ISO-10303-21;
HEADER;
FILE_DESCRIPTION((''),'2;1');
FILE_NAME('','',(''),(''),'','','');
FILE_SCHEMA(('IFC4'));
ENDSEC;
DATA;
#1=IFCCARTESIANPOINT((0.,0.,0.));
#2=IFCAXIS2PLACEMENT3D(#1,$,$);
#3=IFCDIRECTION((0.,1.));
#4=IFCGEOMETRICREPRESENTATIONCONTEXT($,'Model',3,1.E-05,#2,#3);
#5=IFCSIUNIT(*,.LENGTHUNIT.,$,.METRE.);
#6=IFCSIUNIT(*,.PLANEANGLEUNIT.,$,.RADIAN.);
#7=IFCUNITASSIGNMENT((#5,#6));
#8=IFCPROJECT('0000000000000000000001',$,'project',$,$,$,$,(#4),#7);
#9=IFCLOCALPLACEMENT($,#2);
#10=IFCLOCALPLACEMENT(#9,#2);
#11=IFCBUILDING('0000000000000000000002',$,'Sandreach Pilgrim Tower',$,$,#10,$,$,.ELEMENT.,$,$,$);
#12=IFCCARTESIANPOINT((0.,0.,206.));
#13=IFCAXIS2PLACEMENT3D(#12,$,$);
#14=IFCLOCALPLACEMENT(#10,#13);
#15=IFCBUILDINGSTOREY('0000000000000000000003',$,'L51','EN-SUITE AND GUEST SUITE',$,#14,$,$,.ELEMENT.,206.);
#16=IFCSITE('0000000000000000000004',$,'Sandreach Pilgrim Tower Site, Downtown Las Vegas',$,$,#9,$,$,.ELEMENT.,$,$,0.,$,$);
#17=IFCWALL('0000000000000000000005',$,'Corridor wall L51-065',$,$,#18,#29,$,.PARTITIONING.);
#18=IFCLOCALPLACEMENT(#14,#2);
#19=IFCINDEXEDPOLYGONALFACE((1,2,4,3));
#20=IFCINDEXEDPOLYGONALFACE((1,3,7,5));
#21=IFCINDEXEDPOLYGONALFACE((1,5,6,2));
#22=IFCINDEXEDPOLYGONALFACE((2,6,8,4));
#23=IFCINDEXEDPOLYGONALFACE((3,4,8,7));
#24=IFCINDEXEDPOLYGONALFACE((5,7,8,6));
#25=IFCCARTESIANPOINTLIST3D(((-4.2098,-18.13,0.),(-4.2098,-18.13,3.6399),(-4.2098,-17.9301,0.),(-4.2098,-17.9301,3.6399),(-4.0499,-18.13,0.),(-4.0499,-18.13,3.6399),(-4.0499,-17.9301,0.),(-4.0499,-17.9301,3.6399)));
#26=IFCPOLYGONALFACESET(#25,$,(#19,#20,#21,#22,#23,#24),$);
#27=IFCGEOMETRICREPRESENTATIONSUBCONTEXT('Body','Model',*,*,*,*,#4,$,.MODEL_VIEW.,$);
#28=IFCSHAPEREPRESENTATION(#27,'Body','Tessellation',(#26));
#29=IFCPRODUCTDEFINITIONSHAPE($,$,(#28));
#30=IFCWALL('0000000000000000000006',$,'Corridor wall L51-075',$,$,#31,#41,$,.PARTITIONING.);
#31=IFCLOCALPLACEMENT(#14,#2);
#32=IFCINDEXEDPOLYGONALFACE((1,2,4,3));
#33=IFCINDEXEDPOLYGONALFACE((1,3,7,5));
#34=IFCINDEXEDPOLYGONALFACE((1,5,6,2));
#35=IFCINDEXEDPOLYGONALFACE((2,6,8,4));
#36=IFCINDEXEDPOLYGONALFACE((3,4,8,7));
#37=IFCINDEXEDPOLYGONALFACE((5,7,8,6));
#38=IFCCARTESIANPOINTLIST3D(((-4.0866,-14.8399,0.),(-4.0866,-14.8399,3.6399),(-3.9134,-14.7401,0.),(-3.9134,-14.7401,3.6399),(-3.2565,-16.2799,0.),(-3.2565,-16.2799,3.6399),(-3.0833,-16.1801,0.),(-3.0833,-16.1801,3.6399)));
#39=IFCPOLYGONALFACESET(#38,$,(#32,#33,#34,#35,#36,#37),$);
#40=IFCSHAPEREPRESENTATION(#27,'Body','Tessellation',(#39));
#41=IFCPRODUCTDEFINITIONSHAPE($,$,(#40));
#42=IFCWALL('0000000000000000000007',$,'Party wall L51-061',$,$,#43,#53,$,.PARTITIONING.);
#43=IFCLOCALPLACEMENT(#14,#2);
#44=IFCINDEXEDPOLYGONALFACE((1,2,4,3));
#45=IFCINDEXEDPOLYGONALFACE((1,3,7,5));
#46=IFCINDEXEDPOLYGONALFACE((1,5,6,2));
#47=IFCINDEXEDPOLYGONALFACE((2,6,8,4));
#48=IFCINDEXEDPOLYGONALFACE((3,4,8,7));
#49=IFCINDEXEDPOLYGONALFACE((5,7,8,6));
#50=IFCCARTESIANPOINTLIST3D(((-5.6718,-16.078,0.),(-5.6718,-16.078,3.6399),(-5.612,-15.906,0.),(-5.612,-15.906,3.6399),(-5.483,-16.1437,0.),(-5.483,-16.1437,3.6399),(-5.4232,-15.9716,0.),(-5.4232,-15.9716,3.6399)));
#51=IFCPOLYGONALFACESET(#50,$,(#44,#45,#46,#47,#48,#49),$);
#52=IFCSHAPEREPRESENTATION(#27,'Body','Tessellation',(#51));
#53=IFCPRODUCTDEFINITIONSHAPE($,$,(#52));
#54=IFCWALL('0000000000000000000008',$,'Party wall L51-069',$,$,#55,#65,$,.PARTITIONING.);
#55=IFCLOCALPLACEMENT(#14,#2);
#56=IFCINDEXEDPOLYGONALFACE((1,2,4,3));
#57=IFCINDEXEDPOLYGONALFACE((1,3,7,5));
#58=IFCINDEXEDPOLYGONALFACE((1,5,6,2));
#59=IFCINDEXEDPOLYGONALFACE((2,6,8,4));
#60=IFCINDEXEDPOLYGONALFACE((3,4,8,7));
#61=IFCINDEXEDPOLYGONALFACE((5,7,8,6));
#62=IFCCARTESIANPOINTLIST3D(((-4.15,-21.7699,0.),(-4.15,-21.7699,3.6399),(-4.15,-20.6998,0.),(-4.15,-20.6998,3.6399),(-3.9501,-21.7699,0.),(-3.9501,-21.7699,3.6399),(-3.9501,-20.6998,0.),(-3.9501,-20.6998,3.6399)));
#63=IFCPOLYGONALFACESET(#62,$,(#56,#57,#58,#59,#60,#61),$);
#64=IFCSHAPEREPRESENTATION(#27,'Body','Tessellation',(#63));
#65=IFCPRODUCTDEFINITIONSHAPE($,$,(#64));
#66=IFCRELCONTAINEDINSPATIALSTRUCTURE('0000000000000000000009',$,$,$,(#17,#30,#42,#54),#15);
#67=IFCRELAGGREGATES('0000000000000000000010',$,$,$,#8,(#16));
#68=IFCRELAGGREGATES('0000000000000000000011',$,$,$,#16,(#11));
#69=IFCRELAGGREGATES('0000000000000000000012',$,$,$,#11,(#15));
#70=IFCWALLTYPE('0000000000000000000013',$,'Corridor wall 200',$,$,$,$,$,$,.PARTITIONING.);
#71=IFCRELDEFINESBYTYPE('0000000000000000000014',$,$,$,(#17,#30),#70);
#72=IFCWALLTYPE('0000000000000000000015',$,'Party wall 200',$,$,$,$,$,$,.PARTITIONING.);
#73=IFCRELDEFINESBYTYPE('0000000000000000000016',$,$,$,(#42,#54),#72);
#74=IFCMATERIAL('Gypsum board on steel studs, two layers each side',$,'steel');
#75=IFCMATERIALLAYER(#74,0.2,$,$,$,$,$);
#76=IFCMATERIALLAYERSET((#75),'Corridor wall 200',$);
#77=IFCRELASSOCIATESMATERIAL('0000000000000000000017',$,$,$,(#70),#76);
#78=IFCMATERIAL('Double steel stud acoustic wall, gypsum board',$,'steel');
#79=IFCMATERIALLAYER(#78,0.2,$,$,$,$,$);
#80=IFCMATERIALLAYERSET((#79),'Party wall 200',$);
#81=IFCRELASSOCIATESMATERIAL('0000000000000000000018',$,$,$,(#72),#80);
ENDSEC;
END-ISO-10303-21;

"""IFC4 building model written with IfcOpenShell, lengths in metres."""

from ifc_helpers import new_model, si_unit, direction, frame, frame_2d, origin, place, context, subcontext, project, spatial, rectangle, extrude, material, layer, layer_set, type_object, element, save


model = new_model("IFC4")

# Units and contexts
model_context = context("Model", 3, precision=1e-05, world=origin(), true_north=direction((0.0, 1.0)))
body_context = subcontext(model_context, "Body", "Model", "MODEL_VIEW")
ifc_project = project(units=[si_unit("LENGTHUNIT", "METRE"), si_unit("PLANEANGLEUNIT", "RADIAN")], contexts=[model_context])

# Site, building, storey
site_placement = place(None, origin())
site = spatial("IfcSite", under=ifc_project, at=site_placement, Name="Sandreach Pilgrim Tower Site, Downtown Las Vegas", CompositionType="ELEMENT", RefElevation=0.0)
building_placement = place(site_placement, origin())
building = spatial("IfcBuilding", under=site, at=building_placement, Name="Sandreach Pilgrim Tower", CompositionType="ELEMENT")
storey_placement = place(building_placement, frame((0.0, 0.0, 206.0)))
storey = spatial("IfcBuildingStorey", under=building, at=storey_placement, Name="L51", Description="EN-SUITE AND GUEST SUITE", CompositionType="ELEMENT", Elevation=206.0)

# Shared definitions
ifc_material_1 = material(Name="Gypsum board on steel studs, two layers each side", Category="steel")
ifc_layer_1 = layer(ifc_material_1, 0.2)
ifc_layer_set_1 = layer_set([ifc_layer_1], Name="Corridor wall 200")
wall_type_1 = type_object("IfcWallType", Name="Corridor wall 200", PredefinedType="PARTITIONING", material=ifc_layer_set_1)

# Wall
wall_1_placement = place(storey_placement, frame((-4.21, -18.03, 0.0), z_axis=(0.0, 0.0, 1.0), x_axis=(1.0, 0.0, 0.0)))
element("IfcWall", 1, at=wall_1_placement, inside=storey, type_object=wall_type_1, Name="Corridor wall L51-065", PredefinedType="PARTITIONING", context=body_context, shape_type="SweptSolid", body=[
    extrude(rectangle(XDim=0.1599, YDim=0.2, at=frame_2d((0.0801, 0.0))), origin(), (0.0, 0.0, 1.0), 3.6399),
])

# Wall
wall_2_placement = place(storey_placement, frame((-3.1699, -16.23, 0.0), z_axis=(0.0, 0.0, 1.0), x_axis=(-0.499426, 0.866357, 0.0)))
element("IfcWall", 2, at=wall_2_placement, inside=storey, type_object=wall_type_1, Name="Corridor wall L51-075", PredefinedType="PARTITIONING", context=body_context, shape_type="SweptSolid", body=[
    extrude(rectangle(XDim=1.6621, YDim=0.2, at=frame_2d((0.8311, 0.0))), origin(), (0.0, 0.0, 1.0), 3.6399),
])

# Walls
ifc_material_2 = material(Name="Double steel stud acoustic wall, gypsum board", Category="steel")
ifc_layer_2 = layer(ifc_material_2, 0.2)
ifc_layer_set_2 = layer_set([ifc_layer_2], Name="Party wall 200")
wall_type_2 = type_object("IfcWallType", Name="Party wall 200", PredefinedType="PARTITIONING", material=ifc_layer_set_2)
wall_3_placement = place(storey_placement, frame((-5.5774, -16.1108, 0.0), z_axis=(0.0, 0.0, 1.0), x_axis=(0.328261, 0.944587, 0.0)))
element("IfcWall", 3, at=wall_3_placement, inside=storey, type_object=wall_type_2, Name="Party wall L51-061", PredefinedType="PARTITIONING", context=body_context, shape_type="SweptSolid", body=[
    extrude(rectangle(XDim=0.1821, YDim=0.2, at=frame_2d((0.0911, 0.0))), origin(), (0.0, 0.0, 1.0), 3.6399),
])
wall_4_placement = place(storey_placement, frame((-4.05, -21.77, 0.0), z_axis=(0.0, 0.0, 1.0), x_axis=(0.0, 1.0, 0.0)))
element("IfcWall", 4, at=wall_4_placement, inside=storey, type_object=wall_type_2, Name="Party wall L51-069", PredefinedType="PARTITIONING", context=body_context, shape_type="SweptSolid", body=[
    extrude(rectangle(XDim=1.0701, YDim=0.2, at=frame_2d((0.5352, 0.0))), origin(), (0.0, 0.0, 1.0), 3.6399),
])

save(model, "model.ifc")
